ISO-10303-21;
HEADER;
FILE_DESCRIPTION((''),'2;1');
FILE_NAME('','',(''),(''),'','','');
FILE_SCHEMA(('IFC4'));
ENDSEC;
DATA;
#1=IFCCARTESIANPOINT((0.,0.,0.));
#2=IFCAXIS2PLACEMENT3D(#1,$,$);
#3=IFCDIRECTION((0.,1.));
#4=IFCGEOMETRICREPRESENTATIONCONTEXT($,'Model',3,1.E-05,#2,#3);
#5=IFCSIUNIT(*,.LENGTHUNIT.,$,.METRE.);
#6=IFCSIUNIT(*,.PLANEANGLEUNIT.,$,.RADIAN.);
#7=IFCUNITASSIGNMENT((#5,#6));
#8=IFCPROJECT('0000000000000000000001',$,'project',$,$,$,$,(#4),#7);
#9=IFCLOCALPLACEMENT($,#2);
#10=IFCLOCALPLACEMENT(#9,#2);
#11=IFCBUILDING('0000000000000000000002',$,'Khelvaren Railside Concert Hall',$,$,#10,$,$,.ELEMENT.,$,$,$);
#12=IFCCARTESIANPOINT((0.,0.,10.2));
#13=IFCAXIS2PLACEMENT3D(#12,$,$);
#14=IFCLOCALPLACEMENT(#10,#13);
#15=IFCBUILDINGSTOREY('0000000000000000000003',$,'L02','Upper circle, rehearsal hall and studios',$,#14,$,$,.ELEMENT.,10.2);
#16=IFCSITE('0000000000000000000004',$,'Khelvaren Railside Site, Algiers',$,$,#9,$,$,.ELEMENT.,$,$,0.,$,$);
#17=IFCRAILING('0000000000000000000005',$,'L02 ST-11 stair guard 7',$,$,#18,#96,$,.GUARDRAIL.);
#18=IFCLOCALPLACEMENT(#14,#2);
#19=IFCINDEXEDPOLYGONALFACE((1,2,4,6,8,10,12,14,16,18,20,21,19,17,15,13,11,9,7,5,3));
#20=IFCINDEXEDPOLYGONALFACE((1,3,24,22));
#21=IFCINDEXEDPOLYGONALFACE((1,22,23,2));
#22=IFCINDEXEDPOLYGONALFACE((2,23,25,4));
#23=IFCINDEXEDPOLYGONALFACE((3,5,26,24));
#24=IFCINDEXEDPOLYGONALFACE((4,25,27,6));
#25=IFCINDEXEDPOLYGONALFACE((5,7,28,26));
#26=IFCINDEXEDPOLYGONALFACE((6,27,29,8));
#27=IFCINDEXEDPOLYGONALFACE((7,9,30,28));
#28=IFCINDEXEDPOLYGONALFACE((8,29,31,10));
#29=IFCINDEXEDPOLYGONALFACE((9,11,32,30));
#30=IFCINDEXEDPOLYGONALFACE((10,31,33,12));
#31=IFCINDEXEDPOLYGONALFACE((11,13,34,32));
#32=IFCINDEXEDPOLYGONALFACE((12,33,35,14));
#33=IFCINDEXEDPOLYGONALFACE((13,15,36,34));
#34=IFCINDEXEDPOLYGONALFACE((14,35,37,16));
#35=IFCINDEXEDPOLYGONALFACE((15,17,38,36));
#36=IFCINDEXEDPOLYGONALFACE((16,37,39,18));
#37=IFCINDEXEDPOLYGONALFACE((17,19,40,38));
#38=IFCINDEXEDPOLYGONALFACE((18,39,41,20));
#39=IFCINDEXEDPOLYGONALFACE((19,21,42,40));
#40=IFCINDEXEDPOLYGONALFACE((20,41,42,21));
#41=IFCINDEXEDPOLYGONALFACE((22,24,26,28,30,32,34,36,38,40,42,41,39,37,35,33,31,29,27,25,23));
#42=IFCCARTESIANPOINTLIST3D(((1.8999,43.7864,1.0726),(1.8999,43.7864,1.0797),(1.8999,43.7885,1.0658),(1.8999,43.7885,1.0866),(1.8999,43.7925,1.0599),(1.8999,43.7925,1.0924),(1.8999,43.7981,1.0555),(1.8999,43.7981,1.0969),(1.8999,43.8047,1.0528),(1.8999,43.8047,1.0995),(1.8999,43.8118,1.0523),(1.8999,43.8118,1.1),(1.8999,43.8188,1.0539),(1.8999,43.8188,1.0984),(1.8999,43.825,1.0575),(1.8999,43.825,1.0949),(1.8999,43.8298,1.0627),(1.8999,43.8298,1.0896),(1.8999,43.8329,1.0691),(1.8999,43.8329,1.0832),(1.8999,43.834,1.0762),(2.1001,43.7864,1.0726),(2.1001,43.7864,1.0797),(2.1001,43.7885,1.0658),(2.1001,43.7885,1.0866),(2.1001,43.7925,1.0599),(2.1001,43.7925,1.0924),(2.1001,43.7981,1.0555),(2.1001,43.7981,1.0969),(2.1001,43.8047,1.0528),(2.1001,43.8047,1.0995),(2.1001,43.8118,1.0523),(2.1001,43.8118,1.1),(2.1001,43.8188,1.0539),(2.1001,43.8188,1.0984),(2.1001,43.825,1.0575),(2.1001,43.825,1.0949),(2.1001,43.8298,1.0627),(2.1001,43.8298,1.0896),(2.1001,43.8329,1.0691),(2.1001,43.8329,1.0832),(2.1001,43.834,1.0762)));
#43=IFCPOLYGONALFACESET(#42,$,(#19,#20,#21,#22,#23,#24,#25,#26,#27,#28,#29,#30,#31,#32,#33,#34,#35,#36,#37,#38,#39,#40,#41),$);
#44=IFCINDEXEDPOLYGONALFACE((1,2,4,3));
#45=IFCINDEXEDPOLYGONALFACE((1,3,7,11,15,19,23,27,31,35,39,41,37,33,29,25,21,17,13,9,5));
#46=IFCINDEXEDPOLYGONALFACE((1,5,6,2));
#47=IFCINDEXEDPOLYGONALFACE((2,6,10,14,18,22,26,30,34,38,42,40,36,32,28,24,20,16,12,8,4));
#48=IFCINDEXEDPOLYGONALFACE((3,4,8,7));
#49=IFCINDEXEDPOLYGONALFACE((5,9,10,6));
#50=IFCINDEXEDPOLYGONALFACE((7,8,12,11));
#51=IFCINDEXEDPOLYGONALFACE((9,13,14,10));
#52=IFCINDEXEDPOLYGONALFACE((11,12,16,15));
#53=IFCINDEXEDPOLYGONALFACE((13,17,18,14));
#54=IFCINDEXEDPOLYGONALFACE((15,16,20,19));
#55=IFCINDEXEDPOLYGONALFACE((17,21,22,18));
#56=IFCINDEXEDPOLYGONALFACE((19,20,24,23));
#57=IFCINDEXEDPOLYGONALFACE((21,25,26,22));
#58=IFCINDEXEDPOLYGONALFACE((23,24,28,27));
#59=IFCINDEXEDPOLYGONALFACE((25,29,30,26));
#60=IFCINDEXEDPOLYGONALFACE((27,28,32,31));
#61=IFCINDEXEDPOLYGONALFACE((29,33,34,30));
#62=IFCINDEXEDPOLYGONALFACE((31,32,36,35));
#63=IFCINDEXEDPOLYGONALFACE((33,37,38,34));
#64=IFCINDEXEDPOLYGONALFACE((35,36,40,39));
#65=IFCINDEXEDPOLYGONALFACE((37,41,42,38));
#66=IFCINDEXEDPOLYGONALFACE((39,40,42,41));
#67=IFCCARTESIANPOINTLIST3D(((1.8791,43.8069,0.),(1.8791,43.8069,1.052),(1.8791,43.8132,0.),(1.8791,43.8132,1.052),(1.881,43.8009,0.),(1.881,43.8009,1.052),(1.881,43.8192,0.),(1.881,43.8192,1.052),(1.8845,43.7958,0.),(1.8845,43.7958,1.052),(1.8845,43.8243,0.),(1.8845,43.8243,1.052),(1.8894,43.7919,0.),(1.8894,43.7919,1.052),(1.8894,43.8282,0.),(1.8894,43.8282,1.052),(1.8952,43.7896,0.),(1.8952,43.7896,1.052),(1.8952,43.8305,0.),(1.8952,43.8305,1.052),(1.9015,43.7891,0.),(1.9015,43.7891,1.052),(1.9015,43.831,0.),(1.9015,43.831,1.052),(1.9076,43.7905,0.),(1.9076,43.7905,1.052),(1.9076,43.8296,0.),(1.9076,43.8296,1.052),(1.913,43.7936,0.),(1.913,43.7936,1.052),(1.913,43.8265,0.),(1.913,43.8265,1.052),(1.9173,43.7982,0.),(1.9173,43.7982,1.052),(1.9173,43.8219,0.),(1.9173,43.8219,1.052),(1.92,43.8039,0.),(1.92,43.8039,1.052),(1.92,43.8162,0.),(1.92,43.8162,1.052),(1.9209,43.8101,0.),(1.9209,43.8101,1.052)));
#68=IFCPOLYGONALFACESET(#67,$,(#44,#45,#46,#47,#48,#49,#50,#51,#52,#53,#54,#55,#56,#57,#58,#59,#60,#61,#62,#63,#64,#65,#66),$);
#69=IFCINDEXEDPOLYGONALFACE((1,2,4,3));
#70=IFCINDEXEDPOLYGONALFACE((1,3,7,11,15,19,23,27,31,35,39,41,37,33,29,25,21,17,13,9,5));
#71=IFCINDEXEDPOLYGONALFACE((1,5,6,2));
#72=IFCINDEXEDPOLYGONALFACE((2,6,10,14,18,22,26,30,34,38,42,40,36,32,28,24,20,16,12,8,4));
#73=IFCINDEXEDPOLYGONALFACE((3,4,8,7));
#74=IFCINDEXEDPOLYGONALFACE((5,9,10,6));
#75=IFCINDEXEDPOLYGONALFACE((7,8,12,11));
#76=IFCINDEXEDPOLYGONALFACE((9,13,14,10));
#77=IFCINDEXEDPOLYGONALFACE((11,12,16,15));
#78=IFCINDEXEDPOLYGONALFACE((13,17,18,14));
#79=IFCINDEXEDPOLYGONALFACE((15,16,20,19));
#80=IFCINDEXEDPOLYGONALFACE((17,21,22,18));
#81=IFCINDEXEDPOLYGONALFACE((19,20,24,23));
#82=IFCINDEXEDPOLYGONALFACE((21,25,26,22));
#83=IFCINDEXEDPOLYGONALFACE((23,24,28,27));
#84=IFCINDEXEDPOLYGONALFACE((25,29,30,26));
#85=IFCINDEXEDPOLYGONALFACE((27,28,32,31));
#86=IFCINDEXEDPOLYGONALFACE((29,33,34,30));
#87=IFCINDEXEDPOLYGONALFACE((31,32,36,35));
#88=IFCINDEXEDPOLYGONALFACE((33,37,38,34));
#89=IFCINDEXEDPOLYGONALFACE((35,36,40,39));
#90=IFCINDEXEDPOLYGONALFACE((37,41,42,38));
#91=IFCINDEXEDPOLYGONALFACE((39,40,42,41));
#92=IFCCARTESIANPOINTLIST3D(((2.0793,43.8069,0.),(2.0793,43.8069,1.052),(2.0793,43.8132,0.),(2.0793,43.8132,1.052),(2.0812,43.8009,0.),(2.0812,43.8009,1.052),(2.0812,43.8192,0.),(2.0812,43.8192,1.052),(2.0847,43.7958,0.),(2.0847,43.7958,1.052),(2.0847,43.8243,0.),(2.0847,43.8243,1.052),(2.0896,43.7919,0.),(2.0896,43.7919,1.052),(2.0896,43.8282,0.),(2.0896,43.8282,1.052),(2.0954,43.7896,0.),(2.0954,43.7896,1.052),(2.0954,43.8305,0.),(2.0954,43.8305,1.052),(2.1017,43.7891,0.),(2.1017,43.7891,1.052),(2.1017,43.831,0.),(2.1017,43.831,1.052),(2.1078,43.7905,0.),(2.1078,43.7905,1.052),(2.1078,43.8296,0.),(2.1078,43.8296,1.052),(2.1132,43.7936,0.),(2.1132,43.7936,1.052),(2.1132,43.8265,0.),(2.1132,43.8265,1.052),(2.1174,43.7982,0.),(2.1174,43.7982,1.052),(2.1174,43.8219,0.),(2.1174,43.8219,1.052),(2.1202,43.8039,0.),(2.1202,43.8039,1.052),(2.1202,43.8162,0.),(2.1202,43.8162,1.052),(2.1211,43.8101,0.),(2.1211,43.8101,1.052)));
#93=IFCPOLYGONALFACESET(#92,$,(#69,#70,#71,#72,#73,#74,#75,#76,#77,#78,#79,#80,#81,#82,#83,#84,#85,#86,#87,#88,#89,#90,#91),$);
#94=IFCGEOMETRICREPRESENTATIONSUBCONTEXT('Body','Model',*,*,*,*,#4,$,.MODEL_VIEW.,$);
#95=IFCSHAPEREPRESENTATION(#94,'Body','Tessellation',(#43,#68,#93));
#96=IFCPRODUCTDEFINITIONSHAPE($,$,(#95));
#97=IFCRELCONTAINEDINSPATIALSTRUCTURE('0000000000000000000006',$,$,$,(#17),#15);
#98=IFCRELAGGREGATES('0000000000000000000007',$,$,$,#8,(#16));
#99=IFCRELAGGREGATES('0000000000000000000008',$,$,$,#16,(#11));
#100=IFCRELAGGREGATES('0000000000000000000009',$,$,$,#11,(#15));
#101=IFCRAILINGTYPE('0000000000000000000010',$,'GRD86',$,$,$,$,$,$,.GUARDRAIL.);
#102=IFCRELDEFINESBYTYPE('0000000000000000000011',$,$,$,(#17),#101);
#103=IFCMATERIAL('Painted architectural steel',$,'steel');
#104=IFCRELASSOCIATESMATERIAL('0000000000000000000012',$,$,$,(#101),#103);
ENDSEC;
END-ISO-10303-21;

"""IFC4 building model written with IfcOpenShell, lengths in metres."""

from ifc_helpers import new_model, si_unit, direction, frame, origin, origin_2d, place, context, subcontext, project, spatial, circle, extrude, material, type_object, element, save


model = new_model("IFC4")

# Units and contexts
model_context = context("Model", 3, precision=1e-05, world=origin(), true_north=direction((0.0, 1.0)))
body_context = subcontext(model_context, "Body", "Model", "MODEL_VIEW")
ifc_project = project(units=[si_unit("LENGTHUNIT", "METRE"), si_unit("PLANEANGLEUNIT", "RADIAN")], contexts=[model_context])

# Site, building, storey
site_placement = place(None, origin())
site = spatial("IfcSite", under=ifc_project, at=site_placement, Name="Khelvaren Railside Site, Algiers", CompositionType="ELEMENT", RefElevation=0.0)
building_placement = place(site_placement, origin())
building = spatial("IfcBuilding", under=site, at=building_placement, Name="Khelvaren Railside Concert Hall", CompositionType="ELEMENT")
storey_placement = place(building_placement, frame((0.0, 0.0, 10.2)))
storey = spatial("IfcBuildingStorey", under=building, at=storey_placement, Name="L02", Description="Upper circle, rehearsal hall and studios", CompositionType="ELEMENT", Elevation=10.2)

# Railing
ifc_material_1 = material(Name="Painted architectural steel", Category="steel")
railing_type_1 = type_object("IfcRailingType", Name="GRD86", PredefinedType="GUARDRAIL", material=ifc_material_1)
railing_1_placement = place(storey_placement, frame((1.8999, 43.8101, 0.0)))
element("IfcRailing", 1, at=railing_1_placement, inside=storey, type_object=railing_type_1, Name="L02 ST-11 stair guard 7", PredefinedType="GUARDRAIL", context=body_context, shape_type="SweptSolid", body=[
    extrude(circle(Radius=0.0239, at=origin_2d()), frame((0.0, 0.0, 1.0762), z_axis=(1.0, 0.0, 0.0), x_axis=(0.0, 1.0, 0.0)), (0.0, 0.0, 1.0), 0.2002),
    extrude(circle(Radius=0.021, at=origin_2d()), origin(), (0.0, 0.0, 1.0), 1.052),
    extrude(circle(Radius=0.021, at=origin_2d()), frame((0.2002, 0.0, 0.0)), (0.0, 0.0, 1.0), 1.052),
])

save(model, "model.ifc")
